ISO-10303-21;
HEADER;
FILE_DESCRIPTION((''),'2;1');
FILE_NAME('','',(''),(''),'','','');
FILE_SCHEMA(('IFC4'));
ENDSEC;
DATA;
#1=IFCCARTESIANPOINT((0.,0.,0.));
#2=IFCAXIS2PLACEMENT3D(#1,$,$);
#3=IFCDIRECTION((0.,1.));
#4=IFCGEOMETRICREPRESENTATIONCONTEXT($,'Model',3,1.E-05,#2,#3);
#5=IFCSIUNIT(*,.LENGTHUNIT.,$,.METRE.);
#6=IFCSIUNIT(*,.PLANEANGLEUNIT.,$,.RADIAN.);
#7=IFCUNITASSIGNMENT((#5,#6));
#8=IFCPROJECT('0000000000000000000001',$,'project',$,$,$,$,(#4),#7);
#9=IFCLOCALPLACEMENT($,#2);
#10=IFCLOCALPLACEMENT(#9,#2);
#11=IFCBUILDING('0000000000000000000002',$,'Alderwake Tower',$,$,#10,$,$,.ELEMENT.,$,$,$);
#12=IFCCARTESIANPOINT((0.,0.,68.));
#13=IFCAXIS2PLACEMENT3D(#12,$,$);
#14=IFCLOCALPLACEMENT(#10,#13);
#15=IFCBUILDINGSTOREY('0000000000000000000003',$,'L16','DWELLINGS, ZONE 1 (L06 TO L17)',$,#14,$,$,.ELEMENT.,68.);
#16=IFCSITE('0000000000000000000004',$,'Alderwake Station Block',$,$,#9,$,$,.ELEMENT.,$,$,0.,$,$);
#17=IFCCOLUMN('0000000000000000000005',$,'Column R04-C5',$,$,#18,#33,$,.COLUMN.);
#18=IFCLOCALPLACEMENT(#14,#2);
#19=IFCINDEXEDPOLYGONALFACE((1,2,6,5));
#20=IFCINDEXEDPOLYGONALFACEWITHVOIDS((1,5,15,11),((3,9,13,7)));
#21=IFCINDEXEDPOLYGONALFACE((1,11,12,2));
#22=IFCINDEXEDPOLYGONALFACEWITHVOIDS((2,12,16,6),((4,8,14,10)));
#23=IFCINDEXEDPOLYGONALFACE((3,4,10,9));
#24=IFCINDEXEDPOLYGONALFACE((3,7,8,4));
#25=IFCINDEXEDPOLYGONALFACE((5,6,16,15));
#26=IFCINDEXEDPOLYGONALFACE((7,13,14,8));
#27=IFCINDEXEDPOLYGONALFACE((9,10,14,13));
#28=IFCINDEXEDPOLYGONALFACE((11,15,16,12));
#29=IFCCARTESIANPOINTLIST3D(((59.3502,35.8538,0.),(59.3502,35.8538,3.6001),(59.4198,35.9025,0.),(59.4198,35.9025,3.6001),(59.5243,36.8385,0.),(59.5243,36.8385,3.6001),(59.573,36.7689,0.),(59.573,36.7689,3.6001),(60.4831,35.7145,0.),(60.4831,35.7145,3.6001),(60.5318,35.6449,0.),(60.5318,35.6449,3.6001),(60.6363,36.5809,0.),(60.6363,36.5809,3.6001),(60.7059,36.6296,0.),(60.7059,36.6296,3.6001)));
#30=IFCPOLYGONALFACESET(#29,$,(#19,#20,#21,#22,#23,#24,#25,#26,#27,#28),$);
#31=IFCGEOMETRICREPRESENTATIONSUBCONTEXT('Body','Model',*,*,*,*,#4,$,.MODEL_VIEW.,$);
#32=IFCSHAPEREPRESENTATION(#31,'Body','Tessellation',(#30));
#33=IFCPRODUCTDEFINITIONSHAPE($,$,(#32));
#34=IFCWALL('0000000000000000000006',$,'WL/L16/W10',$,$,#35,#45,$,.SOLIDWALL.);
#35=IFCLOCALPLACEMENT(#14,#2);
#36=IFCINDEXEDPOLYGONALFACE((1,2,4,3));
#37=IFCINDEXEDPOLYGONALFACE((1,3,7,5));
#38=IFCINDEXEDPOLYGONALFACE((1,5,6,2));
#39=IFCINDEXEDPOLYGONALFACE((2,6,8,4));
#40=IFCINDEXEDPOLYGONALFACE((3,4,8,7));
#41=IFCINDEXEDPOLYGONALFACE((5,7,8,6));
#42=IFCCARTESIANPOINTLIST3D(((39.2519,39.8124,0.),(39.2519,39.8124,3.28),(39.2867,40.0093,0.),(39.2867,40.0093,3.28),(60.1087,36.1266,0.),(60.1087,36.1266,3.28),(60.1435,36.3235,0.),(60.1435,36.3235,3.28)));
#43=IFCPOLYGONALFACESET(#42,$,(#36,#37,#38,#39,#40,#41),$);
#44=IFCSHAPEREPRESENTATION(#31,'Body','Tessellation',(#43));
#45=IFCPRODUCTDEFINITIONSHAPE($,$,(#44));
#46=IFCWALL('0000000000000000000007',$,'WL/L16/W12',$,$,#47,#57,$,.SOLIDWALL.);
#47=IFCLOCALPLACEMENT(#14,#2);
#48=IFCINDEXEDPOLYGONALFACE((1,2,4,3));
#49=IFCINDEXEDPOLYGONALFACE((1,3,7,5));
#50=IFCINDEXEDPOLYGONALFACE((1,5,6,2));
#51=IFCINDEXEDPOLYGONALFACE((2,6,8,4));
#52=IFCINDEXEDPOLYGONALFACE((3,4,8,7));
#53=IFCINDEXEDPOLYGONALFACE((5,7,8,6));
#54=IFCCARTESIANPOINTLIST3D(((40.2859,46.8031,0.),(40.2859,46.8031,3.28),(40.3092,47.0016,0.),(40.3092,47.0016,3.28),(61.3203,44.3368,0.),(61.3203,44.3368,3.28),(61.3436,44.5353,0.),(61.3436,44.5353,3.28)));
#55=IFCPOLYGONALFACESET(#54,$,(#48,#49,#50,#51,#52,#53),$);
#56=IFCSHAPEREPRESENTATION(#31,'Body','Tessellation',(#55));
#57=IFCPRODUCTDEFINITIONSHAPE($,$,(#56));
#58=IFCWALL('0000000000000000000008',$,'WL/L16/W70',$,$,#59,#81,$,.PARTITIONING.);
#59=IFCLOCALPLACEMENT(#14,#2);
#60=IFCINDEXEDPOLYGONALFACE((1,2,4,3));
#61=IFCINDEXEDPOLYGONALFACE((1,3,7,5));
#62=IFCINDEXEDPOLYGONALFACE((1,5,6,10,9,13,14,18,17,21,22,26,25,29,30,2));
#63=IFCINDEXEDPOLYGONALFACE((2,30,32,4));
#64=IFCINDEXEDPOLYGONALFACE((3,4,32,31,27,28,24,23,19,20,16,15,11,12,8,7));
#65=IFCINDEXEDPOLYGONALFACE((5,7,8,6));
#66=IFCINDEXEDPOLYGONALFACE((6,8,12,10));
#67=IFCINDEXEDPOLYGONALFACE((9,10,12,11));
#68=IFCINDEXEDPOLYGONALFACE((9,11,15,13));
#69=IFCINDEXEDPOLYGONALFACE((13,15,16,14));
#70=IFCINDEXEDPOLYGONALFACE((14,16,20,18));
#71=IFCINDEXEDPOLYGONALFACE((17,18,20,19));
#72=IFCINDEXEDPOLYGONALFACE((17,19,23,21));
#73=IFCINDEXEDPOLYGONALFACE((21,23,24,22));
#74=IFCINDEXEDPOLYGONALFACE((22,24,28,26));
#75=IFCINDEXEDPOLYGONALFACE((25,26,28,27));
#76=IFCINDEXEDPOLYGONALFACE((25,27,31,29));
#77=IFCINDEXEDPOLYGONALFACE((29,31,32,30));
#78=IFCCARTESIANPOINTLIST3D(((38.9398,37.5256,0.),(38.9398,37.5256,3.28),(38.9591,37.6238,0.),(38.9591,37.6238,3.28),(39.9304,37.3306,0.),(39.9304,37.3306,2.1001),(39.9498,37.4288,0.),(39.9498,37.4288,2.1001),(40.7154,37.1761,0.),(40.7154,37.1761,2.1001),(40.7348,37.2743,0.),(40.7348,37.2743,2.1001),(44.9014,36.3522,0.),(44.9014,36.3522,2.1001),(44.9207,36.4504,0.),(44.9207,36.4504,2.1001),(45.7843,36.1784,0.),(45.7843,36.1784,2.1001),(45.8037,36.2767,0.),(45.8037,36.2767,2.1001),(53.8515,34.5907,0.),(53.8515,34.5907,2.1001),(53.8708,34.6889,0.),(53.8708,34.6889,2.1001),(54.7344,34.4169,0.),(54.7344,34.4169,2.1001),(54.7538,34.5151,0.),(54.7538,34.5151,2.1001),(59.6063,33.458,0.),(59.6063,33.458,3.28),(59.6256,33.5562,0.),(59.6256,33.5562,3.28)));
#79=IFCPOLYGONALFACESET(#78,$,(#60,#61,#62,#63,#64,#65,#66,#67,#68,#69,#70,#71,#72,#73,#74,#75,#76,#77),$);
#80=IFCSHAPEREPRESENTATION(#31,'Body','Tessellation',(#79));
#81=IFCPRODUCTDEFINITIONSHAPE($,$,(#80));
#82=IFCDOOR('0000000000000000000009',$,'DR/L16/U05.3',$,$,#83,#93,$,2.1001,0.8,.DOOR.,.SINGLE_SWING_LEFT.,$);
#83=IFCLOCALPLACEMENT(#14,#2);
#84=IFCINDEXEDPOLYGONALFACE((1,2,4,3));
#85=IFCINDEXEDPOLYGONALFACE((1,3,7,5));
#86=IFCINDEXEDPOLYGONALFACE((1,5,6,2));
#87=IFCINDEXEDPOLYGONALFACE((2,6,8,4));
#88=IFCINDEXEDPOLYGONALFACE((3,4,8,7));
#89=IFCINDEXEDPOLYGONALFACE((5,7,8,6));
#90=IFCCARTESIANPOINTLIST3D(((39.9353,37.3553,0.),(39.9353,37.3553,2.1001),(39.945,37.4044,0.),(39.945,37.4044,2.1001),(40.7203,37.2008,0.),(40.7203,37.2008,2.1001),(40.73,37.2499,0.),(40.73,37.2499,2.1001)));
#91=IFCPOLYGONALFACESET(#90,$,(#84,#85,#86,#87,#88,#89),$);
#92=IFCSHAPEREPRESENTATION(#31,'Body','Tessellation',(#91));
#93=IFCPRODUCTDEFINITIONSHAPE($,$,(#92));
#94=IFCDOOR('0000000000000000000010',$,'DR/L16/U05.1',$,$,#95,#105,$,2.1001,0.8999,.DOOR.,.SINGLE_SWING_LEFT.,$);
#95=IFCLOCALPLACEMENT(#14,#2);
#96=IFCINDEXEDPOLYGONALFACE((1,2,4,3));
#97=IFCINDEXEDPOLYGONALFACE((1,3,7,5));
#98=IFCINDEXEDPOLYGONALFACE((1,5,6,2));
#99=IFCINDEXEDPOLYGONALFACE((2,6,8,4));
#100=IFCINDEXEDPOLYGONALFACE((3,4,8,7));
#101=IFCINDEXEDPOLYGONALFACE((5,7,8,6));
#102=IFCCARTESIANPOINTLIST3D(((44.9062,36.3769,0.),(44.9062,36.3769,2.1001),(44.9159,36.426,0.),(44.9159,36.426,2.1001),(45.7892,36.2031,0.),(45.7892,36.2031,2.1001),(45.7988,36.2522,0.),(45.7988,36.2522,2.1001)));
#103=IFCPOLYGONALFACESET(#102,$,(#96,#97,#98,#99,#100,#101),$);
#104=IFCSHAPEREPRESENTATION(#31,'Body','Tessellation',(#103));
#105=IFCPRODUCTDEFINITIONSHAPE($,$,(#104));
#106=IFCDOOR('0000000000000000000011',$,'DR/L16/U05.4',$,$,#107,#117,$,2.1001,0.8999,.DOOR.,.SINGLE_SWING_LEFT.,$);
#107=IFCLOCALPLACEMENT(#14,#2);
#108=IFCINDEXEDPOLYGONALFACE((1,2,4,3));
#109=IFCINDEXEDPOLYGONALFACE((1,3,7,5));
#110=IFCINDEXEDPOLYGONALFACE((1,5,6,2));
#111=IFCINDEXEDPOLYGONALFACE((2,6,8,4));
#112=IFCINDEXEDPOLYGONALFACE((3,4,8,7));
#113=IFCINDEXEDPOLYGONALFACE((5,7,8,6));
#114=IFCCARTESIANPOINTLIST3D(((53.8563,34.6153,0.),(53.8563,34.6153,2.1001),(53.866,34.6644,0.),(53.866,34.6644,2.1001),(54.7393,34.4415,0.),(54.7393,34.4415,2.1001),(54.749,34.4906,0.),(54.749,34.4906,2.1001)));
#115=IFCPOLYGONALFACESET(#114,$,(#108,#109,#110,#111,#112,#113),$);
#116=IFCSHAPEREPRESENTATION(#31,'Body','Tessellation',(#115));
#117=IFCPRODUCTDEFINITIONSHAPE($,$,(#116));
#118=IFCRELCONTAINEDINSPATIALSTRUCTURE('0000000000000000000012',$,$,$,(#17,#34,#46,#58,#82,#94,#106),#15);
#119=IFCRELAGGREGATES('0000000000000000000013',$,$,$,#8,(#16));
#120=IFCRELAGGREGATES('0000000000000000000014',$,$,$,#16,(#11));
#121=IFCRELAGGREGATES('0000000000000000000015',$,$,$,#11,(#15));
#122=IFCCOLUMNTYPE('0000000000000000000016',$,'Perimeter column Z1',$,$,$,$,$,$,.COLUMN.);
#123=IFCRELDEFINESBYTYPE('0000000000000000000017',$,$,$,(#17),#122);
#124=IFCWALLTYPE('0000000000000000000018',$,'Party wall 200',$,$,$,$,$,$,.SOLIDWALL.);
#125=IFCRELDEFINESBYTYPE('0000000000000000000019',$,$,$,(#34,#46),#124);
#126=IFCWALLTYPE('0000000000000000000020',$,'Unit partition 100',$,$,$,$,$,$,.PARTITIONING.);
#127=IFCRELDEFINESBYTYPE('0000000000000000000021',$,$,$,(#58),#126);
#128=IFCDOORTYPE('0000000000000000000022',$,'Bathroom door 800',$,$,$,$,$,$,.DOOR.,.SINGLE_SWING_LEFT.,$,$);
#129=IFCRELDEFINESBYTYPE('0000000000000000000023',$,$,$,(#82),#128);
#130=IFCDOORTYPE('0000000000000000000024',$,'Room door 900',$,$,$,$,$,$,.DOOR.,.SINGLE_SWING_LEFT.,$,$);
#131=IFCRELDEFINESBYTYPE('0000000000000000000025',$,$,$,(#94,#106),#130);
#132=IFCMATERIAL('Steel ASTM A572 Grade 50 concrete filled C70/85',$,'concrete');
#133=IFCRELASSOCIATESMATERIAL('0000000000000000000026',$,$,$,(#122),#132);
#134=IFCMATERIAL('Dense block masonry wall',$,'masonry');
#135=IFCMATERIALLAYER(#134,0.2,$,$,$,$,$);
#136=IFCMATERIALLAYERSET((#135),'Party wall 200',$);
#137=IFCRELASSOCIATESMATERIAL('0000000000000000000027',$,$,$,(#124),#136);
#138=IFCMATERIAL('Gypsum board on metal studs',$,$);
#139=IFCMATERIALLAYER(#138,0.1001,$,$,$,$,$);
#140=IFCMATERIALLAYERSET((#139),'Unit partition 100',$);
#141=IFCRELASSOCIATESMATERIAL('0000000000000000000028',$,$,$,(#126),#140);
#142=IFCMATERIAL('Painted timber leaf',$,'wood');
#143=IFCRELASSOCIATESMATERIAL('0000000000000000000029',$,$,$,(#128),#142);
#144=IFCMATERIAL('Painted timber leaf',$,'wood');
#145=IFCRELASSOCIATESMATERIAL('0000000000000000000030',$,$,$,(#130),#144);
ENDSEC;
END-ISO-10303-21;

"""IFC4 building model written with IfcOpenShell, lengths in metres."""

from ifc_helpers import new_model, si_unit, direction, frame, frame_2d, origin, origin_2d, place, context, subcontext, project, spatial, rectangle, hollow_rectangle, extrude, material, layer, layer_set, material_profile, profile_set, type_object, element, fill, save


model = new_model("IFC4")

# Units and contexts
model_context = context("Model", 3, precision=1e-05, world=origin(), true_north=direction((0.0, 1.0)))
body_context = subcontext(model_context, "Body", "Model", "MODEL_VIEW")
ifc_project = project(units=[si_unit("LENGTHUNIT", "METRE"), si_unit("PLANEANGLEUNIT", "RADIAN")], contexts=[model_context])

# Site, building, storey
site_placement = place(None, origin())
site = spatial("IfcSite", under=ifc_project, at=site_placement, Name="Alderwake Station Block", CompositionType="ELEMENT", RefElevation=0.0)
building_placement = place(site_placement, origin())
building = spatial("IfcBuilding", under=site, at=building_placement, Name="Alderwake Tower", CompositionType="ELEMENT")
storey_placement = place(building_placement, frame((0.0, 0.0, 68.0)))
storey = spatial("IfcBuildingStorey", under=building, at=storey_placement, Name="L16", Description="DWELLINGS, ZONE 1 (L06 TO L17)", CompositionType="ELEMENT", Elevation=68.0)

# Column
ifc_material_1 = material(Name="Steel ASTM A572 Grade 50 concrete filled C70/85", Category="concrete")
ifc_material_profile = material_profile(ifc_material_1, hollow_rectangle(XDim=1.0, YDim=1.2, WallThickness=0.0601, at=origin_2d()), Name="BOX 1200X1000X60")
ifc_profile_set = profile_set([ifc_material_profile], Name="Steel ASTM A572 Grade 50 concrete filled C70/85")
column_type = type_object("IfcColumnType", Name="Perimeter column Z1", PredefinedType="COLUMN", material=ifc_profile_set)
column_placement = place(storey_placement, frame((60.0281, 36.2417, 0.0), z_axis=(0.0, 0.0, 1.0), x_axis=(0.174109, 0.984726, 0.0)))
element("IfcColumn", 1, at=column_placement, inside=storey, type_object=column_type, Name="Column R04-C5", PredefinedType="COLUMN", context=body_context, shape_type="SweptSolid", body=[
    extrude(hollow_rectangle(XDim=1.0, YDim=1.2, WallThickness=0.0601, at=origin_2d()), origin(), (0.0, 0.0, 1.0), 3.6001),
])

# Walls
ifc_material_2 = material(Name="Dense block masonry wall", Category="masonry")
ifc_layer_1 = layer(ifc_material_2, 0.2)
ifc_layer_set_1 = layer_set([ifc_layer_1], Name="Party wall 200")
wall_type_1 = type_object("IfcWallType", Name="Party wall 200", PredefinedType="SOLIDWALL", material=ifc_layer_set_1)
wall_1_placement = place(storey_placement, frame((60.126, 36.2251, 0.0), z_axis=(0.0, 0.0, 1.0), x_axis=(-0.984742, 0.174023, 0.0)))
element("IfcWall", 2, at=wall_1_placement, inside=storey, type_object=wall_type_1, Name="WL/L16/W10", PredefinedType="SOLIDWALL", context=body_context, shape_type="SweptSolid", body=[
    extrude(rectangle(XDim=21.1799, YDim=0.2, at=frame_2d((10.5898, 0.0))), origin(), (0.0, 0.0, 1.0), 3.28),
])
wall_2_placement = place(storey_placement, frame((61.332, 44.436, 0.0), z_axis=(0.0, 0.0, 1.0), x_axis=(-0.993196, 0.116453, 0.0)))
element("IfcWall", 3, at=wall_2_placement, inside=storey, type_object=wall_type_1, Name="WL/L16/W12", PredefinedType="SOLIDWALL", context=body_context, shape_type="SweptSolid", body=[
    extrude(rectangle(XDim=21.1785, YDim=0.2, at=frame_2d((10.5894, 0.0))), origin(), (0.0, 0.0, 1.0), 3.28),
])

# Wall, openings, doors
ifc_material_3 = material(Name="Gypsum board on metal studs")
ifc_layer_2 = layer(ifc_material_3, 0.1001)
ifc_layer_set_2 = layer_set([ifc_layer_2], Name="Unit partition 100")
wall_type_2 = type_object("IfcWallType", Name="Unit partition 100", PredefinedType="PARTITIONING", material=ifc_layer_set_2)
wall_3_placement = place(storey_placement, frame((59.616, 33.5071, 0.0), z_axis=(0.0, 0.0, 1.0), x_axis=(-0.981176, 0.193117, 0.0)))
wall_3 = element("IfcWall", 4, at=wall_3_placement, inside=storey, type_object=wall_type_2, Name="WL/L16/W70", PredefinedType="PARTITIONING", context=body_context, shape_type="SweptSolid", body=[
    extrude(rectangle(XDim=21.063, YDim=0.1001, at=frame_2d((10.5315, 0.0))), origin(), (0.0, 0.0, 1.0), 3.28),
])
opening_1_placement = place(wall_3_placement, frame((14.0872, 0.0, 0.0)))
opening_1 = element("IfcOpeningElement", 5, at=opening_1_placement, cuts=wall_3, PredefinedType="OPENING", context=body_context, shape_type="SweptSolid", body=[
    extrude(rectangle(XDim=0.8999, YDim=2.1001, at=frame_2d((0.45, 1.05))), frame((0.0, 0.0601, 0.0), z_axis=(0.0, -1.0, 0.0), x_axis=(1.0, 0.0, 0.0)), (0.0, 0.0, 1.0), 0.1201),
])
opening_2_placement = place(wall_3_placement, frame((19.2534, 0.0, 0.0)))
opening_2 = element("IfcOpeningElement", 6, at=opening_2_placement, cuts=wall_3, PredefinedType="OPENING", context=body_context, shape_type="SweptSolid", body=[
    extrude(rectangle(XDim=0.8, YDim=2.1001, at=frame_2d((0.3999, 1.05))), frame((0.0, 0.0601, 0.0), z_axis=(0.0, -1.0, 0.0), x_axis=(1.0, 0.0, 0.0)), (0.0, 0.0, 1.0), 0.1201),
])
opening_3_placement = place(wall_3_placement, frame((4.9653, 0.0, 0.0)))
opening_3 = element("IfcOpeningElement", 7, at=opening_3_placement, cuts=wall_3, PredefinedType="OPENING", context=body_context, shape_type="SweptSolid", body=[
    extrude(rectangle(XDim=0.8999, YDim=2.1001, at=frame_2d((0.45, 1.05))), frame((0.0, 0.0601, 0.0), z_axis=(0.0, -1.0, 0.0), x_axis=(1.0, 0.0, 0.0)), (0.0, 0.0, 1.0), 0.1201),
])
ifc_material_4 = material(Name="Painted timber leaf", Category="wood")
door_type_1 = type_object("IfcDoorType", Name="Bathroom door 800", OperationType="SINGLE_SWING_LEFT", PredefinedType="DOOR", material=ifc_material_4)
door_1_placement = place(opening_2_placement, origin())
door_1 = element("IfcDoor", 8, at=door_1_placement, inside=storey, type_object=door_type_1, Name="DR/L16/U05.3", OperationType="SINGLE_SWING_LEFT", OverallHeight=2.1001, OverallWidth=0.8, PredefinedType="DOOR", context=body_context, shape_type="SweptSolid", body=[
    extrude(rectangle(XDim=0.8, YDim=2.1001, at=frame_2d((0.3999, 1.05))), frame((0.0, 0.0249, 0.0), z_axis=(0.0, -1.0, 0.0), x_axis=(1.0, 0.0, 0.0)), (0.0, 0.0, 1.0), 0.05),
])
fill(opening_2, door_1)
ifc_material_5 = material(Name="Painted timber leaf", Category="wood")
door_type_2 = type_object("IfcDoorType", Name="Room door 900", OperationType="SINGLE_SWING_LEFT", PredefinedType="DOOR", material=ifc_material_5)
door_2_placement = place(opening_1_placement, origin())
door_2 = element("IfcDoor", 9, at=door_2_placement, inside=storey, type_object=door_type_2, Name="DR/L16/U05.1", OperationType="SINGLE_SWING_LEFT", OverallHeight=2.1001, OverallWidth=0.8999, PredefinedType="DOOR", context=body_context, shape_type="SweptSolid", body=[
    extrude(rectangle(XDim=0.8999, YDim=2.1001, at=frame_2d((0.45, 1.05))), frame((0.0, 0.0249, 0.0), z_axis=(0.0, -1.0, 0.0), x_axis=(1.0, 0.0, 0.0)), (0.0, 0.0, 1.0), 0.05),
])
fill(opening_1, door_2)
door_3_placement = place(opening_3_placement, origin())
door_3 = element("IfcDoor", 10, at=door_3_placement, inside=storey, type_object=door_type_2, Name="DR/L16/U05.4", OperationType="SINGLE_SWING_LEFT", OverallHeight=2.1001, OverallWidth=0.8999, PredefinedType="DOOR", context=body_context, shape_type="SweptSolid", body=[
    extrude(rectangle(XDim=0.8999, YDim=2.1001, at=frame_2d((0.45, 1.05))), frame((0.0, 0.0249, 0.0), z_axis=(0.0, -1.0, 0.0), x_axis=(1.0, 0.0, 0.0)), (0.0, 0.0, 1.0), 0.05),
])
fill(opening_3, door_3)

save(model, "model.ifc")
